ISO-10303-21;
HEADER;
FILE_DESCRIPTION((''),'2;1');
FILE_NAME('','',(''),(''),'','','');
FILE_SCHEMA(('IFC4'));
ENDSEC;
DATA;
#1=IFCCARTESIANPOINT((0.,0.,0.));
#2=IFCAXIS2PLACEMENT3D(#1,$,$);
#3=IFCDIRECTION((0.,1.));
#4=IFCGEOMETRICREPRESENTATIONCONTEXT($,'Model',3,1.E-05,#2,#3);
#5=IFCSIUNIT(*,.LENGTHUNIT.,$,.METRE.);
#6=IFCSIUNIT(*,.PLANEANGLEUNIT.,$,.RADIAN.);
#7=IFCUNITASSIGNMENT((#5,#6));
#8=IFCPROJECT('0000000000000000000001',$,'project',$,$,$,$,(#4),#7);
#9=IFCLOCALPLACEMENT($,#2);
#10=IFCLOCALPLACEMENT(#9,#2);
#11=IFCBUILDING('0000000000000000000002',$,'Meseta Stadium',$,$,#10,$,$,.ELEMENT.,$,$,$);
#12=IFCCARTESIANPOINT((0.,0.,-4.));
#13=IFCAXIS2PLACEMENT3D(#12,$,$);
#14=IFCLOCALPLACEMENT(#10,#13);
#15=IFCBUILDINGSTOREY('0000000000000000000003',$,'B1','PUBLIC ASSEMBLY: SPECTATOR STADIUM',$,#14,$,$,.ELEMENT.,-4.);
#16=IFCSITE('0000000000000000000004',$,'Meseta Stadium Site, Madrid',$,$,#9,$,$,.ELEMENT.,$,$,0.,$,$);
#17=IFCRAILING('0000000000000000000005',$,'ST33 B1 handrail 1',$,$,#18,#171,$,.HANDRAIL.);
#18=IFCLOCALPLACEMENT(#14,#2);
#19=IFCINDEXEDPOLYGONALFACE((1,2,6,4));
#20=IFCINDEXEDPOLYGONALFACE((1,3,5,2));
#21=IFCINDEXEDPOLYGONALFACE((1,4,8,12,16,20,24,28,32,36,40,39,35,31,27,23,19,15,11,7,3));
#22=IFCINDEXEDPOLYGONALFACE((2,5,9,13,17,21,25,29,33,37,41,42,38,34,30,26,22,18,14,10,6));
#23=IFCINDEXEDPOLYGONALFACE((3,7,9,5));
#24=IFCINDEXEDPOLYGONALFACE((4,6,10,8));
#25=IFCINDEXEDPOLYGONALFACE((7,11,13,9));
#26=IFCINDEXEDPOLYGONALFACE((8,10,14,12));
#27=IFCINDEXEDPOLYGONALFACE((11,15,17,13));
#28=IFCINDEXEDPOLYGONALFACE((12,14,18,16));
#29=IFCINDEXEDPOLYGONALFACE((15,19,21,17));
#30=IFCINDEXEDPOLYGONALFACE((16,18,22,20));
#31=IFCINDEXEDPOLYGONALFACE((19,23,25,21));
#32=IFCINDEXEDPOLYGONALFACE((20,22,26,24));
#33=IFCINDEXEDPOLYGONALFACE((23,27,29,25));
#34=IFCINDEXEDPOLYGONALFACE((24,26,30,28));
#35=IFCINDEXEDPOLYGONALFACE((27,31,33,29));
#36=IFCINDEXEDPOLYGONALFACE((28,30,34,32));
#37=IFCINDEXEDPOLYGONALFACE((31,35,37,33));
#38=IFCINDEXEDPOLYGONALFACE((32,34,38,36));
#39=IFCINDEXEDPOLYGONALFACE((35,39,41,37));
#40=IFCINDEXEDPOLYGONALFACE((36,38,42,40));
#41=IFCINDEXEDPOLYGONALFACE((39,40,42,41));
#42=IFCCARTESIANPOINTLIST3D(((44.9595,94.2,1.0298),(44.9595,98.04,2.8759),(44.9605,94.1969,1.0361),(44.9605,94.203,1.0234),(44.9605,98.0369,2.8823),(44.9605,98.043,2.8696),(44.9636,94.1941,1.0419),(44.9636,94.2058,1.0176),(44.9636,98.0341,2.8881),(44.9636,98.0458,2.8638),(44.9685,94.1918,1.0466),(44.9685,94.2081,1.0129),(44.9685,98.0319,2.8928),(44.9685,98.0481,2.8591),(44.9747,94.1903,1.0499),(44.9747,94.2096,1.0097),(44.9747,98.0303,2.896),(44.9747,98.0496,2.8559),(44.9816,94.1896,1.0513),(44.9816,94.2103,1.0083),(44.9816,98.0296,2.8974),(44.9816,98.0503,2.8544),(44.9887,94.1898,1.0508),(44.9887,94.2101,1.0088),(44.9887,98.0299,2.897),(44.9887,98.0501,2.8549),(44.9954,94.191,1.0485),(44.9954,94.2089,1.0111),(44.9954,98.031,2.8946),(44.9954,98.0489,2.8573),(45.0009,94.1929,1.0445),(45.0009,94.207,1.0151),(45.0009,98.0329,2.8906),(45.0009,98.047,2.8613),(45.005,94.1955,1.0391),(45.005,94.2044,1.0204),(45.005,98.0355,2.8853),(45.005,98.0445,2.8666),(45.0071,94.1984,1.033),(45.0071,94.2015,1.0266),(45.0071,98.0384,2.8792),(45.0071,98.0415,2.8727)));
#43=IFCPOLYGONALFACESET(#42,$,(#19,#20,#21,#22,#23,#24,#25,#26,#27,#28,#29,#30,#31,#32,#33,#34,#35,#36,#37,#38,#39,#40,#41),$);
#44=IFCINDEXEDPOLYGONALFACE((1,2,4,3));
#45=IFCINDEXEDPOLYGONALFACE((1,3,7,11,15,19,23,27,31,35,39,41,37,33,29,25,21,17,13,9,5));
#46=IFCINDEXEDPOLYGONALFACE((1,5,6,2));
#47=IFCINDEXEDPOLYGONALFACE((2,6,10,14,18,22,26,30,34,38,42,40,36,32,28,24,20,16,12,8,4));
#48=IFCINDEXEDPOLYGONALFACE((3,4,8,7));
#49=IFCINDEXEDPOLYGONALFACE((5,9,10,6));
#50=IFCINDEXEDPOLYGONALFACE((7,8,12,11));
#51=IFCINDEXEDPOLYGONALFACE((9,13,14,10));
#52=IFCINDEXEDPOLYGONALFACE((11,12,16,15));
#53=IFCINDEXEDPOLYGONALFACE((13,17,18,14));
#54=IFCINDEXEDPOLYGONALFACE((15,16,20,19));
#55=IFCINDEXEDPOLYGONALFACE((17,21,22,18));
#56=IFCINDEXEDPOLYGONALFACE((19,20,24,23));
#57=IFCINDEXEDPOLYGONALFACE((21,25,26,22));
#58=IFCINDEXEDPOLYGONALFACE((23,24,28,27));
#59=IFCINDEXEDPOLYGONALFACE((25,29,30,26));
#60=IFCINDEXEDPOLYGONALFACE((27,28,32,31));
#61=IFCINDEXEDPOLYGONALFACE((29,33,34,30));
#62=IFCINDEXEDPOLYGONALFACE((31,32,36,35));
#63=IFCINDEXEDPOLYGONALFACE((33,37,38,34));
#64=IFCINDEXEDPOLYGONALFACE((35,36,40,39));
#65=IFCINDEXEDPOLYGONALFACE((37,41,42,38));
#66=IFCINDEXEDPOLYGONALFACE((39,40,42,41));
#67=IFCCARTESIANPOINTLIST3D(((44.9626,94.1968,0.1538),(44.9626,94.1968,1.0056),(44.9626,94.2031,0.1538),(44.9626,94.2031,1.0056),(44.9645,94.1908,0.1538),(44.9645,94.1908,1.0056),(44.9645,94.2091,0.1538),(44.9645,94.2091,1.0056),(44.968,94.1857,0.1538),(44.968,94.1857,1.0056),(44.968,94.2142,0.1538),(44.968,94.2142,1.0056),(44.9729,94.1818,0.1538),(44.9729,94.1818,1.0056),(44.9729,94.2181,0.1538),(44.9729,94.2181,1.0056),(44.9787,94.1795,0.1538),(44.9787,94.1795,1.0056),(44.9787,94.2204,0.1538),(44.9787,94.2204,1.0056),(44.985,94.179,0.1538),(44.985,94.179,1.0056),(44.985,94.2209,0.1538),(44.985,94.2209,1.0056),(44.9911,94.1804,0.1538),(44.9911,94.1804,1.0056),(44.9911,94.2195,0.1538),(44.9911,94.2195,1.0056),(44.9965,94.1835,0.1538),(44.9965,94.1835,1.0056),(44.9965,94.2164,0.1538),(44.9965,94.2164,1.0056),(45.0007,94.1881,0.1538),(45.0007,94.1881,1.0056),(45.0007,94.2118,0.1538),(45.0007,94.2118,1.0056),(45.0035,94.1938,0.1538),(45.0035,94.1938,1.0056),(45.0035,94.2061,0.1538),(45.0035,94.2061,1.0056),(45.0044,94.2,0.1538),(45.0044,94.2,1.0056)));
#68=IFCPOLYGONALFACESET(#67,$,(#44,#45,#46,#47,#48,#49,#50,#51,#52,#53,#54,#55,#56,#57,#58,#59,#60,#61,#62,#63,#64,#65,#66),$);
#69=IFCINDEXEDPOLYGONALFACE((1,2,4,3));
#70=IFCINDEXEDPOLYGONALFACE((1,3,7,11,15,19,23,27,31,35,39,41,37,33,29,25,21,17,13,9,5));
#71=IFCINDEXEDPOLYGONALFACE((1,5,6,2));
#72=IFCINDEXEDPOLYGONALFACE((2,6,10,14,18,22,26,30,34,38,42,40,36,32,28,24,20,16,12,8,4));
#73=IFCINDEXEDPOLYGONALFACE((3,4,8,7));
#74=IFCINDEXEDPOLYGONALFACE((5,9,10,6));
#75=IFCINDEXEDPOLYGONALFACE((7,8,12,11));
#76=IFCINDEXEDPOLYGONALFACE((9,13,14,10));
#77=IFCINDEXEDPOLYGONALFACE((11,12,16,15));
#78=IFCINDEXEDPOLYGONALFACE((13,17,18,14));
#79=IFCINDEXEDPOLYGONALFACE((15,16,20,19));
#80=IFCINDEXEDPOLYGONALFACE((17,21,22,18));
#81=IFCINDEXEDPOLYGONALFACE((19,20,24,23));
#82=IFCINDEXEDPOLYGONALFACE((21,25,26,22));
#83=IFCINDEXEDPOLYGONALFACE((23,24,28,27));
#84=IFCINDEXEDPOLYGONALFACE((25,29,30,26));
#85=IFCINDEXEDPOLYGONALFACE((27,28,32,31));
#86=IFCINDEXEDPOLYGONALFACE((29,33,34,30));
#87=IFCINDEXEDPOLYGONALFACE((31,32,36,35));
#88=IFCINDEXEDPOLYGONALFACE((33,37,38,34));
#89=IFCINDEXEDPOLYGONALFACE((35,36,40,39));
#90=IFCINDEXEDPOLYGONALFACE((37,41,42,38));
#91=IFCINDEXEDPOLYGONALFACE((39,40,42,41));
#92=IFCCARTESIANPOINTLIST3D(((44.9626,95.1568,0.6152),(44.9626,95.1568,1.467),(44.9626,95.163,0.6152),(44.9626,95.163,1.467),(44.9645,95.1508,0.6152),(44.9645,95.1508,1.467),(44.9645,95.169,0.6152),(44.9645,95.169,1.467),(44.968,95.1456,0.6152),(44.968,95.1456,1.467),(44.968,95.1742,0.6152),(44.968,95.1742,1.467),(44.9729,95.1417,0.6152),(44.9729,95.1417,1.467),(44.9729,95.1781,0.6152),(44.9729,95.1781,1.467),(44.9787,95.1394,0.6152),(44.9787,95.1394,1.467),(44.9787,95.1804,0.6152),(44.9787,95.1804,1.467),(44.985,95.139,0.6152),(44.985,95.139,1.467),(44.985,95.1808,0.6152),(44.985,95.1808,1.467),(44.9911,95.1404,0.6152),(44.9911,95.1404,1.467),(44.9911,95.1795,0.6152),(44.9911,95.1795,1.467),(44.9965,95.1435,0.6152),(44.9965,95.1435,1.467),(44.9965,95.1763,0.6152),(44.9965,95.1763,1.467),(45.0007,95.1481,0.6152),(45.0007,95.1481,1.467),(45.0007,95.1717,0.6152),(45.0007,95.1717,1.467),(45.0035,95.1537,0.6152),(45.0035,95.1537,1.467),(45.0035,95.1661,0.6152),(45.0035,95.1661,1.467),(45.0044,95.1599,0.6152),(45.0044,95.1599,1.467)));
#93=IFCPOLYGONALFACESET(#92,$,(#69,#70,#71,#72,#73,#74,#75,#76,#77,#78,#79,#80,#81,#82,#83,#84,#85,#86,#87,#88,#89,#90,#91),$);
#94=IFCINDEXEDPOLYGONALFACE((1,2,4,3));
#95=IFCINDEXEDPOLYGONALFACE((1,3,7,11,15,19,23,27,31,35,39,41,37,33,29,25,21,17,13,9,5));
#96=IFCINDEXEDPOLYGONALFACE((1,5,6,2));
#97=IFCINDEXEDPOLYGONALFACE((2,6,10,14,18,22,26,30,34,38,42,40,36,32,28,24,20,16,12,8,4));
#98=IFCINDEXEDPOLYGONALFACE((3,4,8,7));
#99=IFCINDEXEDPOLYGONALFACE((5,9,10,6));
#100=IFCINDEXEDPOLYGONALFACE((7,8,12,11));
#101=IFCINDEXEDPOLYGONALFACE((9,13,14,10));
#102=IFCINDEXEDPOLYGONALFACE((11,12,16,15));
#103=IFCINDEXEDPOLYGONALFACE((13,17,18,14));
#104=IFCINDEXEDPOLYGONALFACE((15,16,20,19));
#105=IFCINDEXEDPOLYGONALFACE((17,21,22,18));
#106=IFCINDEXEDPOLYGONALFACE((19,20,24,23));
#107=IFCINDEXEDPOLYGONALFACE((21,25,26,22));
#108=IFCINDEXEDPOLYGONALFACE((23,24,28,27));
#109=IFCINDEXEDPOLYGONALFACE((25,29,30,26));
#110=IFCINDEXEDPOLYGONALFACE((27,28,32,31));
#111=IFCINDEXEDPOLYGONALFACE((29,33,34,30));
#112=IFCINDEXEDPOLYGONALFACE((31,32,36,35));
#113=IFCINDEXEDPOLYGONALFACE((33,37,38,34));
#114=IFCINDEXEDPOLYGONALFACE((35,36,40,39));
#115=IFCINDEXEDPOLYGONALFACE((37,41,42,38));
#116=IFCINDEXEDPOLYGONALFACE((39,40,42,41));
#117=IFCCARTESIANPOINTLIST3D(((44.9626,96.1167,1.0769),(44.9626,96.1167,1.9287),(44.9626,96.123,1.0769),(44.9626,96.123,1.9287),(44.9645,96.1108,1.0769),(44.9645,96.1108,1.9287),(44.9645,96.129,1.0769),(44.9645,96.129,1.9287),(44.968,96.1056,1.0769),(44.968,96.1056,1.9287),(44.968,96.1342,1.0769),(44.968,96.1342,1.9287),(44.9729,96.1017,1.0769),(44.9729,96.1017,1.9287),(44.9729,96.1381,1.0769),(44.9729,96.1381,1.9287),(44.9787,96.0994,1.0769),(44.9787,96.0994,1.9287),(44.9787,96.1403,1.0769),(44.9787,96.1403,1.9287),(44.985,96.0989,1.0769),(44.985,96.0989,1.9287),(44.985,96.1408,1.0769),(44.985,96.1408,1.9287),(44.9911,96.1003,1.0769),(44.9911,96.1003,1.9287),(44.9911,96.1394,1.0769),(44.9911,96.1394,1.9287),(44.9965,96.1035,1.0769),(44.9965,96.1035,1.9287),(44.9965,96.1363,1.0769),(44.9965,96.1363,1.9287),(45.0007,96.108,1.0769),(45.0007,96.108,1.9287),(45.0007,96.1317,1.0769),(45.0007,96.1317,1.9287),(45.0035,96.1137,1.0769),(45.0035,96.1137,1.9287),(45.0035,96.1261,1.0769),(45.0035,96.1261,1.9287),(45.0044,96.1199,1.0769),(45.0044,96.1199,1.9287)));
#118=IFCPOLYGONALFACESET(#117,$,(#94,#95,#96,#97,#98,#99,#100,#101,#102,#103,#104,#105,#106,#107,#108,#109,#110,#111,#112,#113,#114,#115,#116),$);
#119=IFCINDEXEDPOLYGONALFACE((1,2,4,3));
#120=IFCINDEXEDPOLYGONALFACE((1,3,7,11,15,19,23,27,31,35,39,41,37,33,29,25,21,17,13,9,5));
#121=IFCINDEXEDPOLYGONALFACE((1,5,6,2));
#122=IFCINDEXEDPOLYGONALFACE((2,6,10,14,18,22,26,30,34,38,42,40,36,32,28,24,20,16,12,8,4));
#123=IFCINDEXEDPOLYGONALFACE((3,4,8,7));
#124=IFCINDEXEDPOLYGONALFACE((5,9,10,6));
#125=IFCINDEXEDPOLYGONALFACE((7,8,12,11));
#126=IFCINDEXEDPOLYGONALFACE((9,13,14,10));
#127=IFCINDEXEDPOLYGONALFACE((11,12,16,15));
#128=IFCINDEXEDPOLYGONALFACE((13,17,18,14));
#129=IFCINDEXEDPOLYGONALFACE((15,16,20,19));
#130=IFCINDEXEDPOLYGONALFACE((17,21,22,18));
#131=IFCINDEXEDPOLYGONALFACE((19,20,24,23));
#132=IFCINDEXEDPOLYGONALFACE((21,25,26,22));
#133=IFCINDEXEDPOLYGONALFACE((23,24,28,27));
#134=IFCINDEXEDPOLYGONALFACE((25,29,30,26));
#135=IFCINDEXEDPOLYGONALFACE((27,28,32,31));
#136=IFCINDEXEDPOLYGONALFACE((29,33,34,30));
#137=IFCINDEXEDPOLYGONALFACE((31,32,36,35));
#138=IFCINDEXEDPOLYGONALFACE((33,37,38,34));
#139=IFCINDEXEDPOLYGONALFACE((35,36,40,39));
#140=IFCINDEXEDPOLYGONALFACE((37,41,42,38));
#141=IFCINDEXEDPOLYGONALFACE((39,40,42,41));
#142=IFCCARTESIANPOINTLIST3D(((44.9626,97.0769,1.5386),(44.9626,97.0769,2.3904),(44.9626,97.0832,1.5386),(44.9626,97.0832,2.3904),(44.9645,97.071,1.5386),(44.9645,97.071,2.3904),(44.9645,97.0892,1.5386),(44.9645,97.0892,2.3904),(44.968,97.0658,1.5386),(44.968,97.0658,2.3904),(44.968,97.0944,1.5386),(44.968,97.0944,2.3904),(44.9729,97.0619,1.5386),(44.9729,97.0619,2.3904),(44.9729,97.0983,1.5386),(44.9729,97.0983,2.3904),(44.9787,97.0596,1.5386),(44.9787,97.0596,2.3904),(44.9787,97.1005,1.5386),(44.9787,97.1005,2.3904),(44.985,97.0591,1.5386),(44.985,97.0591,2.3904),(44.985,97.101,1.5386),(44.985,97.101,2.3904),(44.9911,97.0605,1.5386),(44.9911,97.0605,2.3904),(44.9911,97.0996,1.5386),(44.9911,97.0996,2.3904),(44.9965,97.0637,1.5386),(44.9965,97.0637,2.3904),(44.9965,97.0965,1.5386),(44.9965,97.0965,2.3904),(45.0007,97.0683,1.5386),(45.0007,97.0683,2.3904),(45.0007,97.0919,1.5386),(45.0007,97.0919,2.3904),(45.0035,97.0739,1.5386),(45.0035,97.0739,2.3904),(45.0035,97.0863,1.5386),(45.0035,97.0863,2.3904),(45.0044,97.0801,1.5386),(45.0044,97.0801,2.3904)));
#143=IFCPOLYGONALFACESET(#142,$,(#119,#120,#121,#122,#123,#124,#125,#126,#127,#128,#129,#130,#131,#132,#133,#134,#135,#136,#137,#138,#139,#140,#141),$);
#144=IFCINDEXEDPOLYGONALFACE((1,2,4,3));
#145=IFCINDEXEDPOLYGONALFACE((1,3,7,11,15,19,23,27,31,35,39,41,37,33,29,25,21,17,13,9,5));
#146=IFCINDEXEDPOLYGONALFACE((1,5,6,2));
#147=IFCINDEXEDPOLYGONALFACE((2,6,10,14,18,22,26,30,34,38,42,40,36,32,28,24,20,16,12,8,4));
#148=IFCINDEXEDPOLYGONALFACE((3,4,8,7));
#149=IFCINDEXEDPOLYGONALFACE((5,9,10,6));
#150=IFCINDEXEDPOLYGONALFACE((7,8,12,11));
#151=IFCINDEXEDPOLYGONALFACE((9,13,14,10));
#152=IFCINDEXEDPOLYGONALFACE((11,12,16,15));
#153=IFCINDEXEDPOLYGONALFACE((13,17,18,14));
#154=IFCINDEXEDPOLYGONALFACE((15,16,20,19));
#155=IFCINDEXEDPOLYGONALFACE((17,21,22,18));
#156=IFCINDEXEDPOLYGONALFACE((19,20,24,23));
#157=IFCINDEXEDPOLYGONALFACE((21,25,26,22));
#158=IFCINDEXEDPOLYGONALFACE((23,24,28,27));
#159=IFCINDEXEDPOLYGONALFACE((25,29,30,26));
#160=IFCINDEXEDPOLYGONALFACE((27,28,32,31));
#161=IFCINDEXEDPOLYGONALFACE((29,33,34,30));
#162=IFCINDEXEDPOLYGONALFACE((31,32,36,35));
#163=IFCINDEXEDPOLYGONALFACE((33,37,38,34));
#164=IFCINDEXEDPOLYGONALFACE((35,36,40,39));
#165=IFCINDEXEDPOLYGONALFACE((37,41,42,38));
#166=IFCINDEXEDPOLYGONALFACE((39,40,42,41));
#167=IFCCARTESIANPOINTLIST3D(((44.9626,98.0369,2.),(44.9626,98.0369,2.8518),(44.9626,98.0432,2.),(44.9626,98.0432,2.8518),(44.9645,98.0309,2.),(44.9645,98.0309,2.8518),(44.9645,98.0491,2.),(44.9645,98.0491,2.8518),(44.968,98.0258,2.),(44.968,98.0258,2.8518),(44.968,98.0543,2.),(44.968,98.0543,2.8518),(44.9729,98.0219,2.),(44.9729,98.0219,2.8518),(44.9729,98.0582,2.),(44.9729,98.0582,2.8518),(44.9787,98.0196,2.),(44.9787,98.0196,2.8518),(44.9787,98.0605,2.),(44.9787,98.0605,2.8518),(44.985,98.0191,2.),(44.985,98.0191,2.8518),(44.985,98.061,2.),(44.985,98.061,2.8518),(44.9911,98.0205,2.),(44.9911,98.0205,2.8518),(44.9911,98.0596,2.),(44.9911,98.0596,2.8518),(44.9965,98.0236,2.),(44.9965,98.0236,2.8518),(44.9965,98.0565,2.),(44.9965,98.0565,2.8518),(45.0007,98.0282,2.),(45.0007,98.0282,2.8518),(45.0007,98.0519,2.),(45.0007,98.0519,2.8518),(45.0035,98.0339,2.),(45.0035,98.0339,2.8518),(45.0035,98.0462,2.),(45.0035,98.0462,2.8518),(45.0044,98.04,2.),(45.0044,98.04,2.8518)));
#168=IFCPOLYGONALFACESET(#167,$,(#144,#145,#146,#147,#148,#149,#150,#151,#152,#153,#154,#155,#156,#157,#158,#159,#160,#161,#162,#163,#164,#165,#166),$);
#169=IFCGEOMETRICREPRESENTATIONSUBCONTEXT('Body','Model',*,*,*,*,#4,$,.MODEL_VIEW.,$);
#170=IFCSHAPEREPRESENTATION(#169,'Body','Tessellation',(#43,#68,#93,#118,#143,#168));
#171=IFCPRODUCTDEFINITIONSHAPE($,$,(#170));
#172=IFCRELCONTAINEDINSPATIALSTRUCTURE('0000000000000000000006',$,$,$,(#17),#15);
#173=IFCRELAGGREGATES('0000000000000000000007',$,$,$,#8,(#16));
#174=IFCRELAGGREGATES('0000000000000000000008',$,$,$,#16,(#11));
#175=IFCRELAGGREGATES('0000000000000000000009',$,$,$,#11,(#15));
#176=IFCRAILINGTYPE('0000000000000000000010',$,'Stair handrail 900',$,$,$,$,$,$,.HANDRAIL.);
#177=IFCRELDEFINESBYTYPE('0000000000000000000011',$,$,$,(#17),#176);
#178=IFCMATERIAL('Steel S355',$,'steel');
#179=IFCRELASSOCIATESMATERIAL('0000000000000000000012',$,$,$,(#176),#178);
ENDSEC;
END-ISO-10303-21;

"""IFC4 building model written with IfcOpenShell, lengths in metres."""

from ifc_helpers import new_model, si_unit, direction, frame, origin, origin_2d, place, context, subcontext, project, spatial, circle, extrude, material, type_object, element, save


model = new_model("IFC4")

# Units and contexts
model_context = context("Model", 3, precision=1e-05, world=origin(), true_north=direction((0.0, 1.0)))
body_context = subcontext(model_context, "Body", "Model", "MODEL_VIEW")
ifc_project = project(units=[si_unit("LENGTHUNIT", "METRE"), si_unit("PLANEANGLEUNIT", "RADIAN")], contexts=[model_context])

# Site, building, storey
site_placement = place(None, origin())
site = spatial("IfcSite", under=ifc_project, at=site_placement, Name="Meseta Stadium Site, Madrid", CompositionType="ELEMENT", RefElevation=0.0)
building_placement = place(site_placement, origin())
building = spatial("IfcBuilding", under=site, at=building_placement, Name="Meseta Stadium", CompositionType="ELEMENT")
storey_placement = place(building_placement, frame((0.0, 0.0, -4.0)))
storey = spatial("IfcBuildingStorey", under=building, at=storey_placement, Name="B1", Description="PUBLIC ASSEMBLY: SPECTATOR STADIUM", CompositionType="ELEMENT", Elevation=-4.0)

# Railing
ifc_material_1 = material(Name="Steel S355", Category="steel")
railing_type_1 = type_object("IfcRailingType", Name="Stair handrail 900", PredefinedType="HANDRAIL", material=ifc_material_1)
railing_1_placement = place(storey_placement, frame((44.9834, 94.2, 0.1538)))
element("IfcRailing", 1, at=railing_1_placement, inside=storey, type_object=railing_type_1, Name="ST33 B1 handrail 1", PredefinedType="HANDRAIL", context=body_context, shape_type="SweptSolid", body=[
    extrude(circle(Radius=0.0239, at=origin_2d()), frame((0.0, 0.0, 0.876), z_axis=(0.0, 0.901253, 0.433294), x_axis=(-1.0, 0.0, 0.0)), (0.0, 0.0, 1.0), 4.2607),
    extrude(circle(Radius=0.021, at=origin_2d()), origin(), (0.0, 0.0, 1.0), 0.8518),
    extrude(circle(Radius=0.021, at=origin_2d()), frame((0.0, 0.96, 0.4614)), (0.0, 0.0, 1.0), 0.8518),
    extrude(circle(Radius=0.021, at=origin_2d()), frame((0.0, 1.9199, 0.9231)), (0.0, 0.0, 1.0), 0.8518),
    extrude(circle(Radius=0.021, at=origin_2d()), frame((0.0, 2.8801, 1.3848)), (0.0, 0.0, 1.0), 0.8518),
    extrude(circle(Radius=0.021, at=origin_2d()), frame((0.0, 3.8401, 1.8462)), (0.0, 0.0, 1.0), 0.8518),
])

save(model, "model.ifc")
